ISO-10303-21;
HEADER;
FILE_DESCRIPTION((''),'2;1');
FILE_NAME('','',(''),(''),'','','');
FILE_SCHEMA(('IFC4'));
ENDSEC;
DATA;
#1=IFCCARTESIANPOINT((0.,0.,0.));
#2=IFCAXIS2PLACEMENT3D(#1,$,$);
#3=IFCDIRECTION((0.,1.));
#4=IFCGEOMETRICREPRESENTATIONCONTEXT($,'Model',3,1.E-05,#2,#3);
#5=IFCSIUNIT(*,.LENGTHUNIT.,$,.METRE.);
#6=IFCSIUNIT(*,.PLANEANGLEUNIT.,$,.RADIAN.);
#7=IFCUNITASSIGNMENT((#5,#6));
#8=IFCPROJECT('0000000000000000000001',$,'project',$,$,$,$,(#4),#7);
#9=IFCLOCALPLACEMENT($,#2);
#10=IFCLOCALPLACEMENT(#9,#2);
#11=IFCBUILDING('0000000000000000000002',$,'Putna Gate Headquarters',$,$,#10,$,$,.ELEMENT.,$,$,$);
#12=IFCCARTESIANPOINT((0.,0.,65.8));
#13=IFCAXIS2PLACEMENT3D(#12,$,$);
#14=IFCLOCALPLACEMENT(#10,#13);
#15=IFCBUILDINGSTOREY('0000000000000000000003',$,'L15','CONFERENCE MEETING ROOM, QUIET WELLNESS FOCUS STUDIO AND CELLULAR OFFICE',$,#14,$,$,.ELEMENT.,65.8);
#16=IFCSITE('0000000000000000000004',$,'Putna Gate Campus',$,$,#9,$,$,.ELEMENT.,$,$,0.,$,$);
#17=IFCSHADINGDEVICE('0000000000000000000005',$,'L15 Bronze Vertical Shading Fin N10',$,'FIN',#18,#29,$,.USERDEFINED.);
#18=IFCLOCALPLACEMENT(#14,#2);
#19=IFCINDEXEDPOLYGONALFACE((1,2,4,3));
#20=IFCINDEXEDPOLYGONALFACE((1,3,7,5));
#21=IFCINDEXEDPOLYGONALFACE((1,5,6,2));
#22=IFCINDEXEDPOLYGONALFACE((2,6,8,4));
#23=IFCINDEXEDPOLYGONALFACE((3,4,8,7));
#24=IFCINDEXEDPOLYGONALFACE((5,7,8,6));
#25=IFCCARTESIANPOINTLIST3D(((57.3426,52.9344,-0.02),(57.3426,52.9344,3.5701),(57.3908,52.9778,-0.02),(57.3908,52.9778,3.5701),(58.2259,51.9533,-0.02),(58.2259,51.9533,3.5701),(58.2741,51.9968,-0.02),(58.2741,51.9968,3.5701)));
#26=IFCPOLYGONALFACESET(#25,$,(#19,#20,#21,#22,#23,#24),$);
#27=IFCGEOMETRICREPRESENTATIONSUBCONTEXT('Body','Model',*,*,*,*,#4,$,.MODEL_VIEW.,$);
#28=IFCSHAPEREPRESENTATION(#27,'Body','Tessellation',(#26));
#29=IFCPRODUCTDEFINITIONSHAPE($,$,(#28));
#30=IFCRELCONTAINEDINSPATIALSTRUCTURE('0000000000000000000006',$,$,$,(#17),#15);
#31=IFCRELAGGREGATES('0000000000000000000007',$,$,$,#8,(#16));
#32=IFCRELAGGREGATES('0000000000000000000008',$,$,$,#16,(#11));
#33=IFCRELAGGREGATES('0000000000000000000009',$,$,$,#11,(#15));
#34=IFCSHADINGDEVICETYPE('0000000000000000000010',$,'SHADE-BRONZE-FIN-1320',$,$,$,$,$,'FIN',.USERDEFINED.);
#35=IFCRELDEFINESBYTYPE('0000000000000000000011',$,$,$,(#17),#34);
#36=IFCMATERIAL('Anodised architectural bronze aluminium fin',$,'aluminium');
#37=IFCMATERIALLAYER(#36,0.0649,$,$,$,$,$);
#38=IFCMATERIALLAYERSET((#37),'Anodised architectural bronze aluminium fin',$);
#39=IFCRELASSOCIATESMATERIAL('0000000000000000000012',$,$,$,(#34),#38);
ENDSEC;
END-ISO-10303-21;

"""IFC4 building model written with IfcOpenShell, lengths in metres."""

from ifc_helpers import new_model, si_unit, direction, frame, origin, origin_2d, place, context, subcontext, project, spatial, rectangle, extrude, material, layer, layer_set, type_object, element, save


model = new_model("IFC4")

# Units and contexts
model_context = context("Model", 3, precision=1e-05, world=origin(), true_north=direction((0.0, 1.0)))
body_context = subcontext(model_context, "Body", "Model", "MODEL_VIEW")
ifc_project = project(units=[si_unit("LENGTHUNIT", "METRE"), si_unit("PLANEANGLEUNIT", "RADIAN")], contexts=[model_context])

# Site, building, storey
site_placement = place(None, origin())
site = spatial("IfcSite", under=ifc_project, at=site_placement, Name="Putna Gate Campus", CompositionType="ELEMENT", RefElevation=0.0)
building_placement = place(site_placement, origin())
building = spatial("IfcBuilding", under=site, at=building_placement, Name="Putna Gate Headquarters", CompositionType="ELEMENT")
storey_placement = place(building_placement, frame((0.0, 0.0, 65.8)))
storey = spatial("IfcBuildingStorey", under=building, at=storey_placement, Name="L15", Description="CONFERENCE MEETING ROOM, QUIET WELLNESS FOCUS STUDIO AND CELLULAR OFFICE", CompositionType="ELEMENT", Elevation=65.8)

# Shading device
ifc_material_1 = material(Name="Anodised architectural bronze aluminium fin", Category="aluminium")
ifc_layer_1 = layer(ifc_material_1, 0.0649)
ifc_layer_set_1 = layer_set([ifc_layer_1], Name="Anodised architectural bronze aluminium fin")
shading_device_type = type_object("IfcShadingDeviceType", Name="SHADE-BRONZE-FIN-1320", ElementType="FIN", PredefinedType="USERDEFINED", material=ifc_layer_set_1)
for number, where, z_axis, x_axis, name in (
    (1, (57.8083, 52.4656, -0.02), (0.0, 0.0, 1.0), (-0.669131, 0.743145, 0.0), "L15 Bronze Vertical Shading Fin N10"),
):
    element("IfcShadingDevice", number, at=place(storey_placement, frame(where, z_axis=z_axis, x_axis=x_axis)), inside=storey, type_object=shading_device_type, Name=name, ObjectType="FIN", PredefinedType="USERDEFINED", context=body_context, shape_type="SweptSolid", body=[
        extrude(rectangle(XDim=1.3201, YDim=0.0649, at=origin_2d()), origin(), (0.0, 0.0, 1.0), 3.5901),
    ])

save(model, "model.ifc")
